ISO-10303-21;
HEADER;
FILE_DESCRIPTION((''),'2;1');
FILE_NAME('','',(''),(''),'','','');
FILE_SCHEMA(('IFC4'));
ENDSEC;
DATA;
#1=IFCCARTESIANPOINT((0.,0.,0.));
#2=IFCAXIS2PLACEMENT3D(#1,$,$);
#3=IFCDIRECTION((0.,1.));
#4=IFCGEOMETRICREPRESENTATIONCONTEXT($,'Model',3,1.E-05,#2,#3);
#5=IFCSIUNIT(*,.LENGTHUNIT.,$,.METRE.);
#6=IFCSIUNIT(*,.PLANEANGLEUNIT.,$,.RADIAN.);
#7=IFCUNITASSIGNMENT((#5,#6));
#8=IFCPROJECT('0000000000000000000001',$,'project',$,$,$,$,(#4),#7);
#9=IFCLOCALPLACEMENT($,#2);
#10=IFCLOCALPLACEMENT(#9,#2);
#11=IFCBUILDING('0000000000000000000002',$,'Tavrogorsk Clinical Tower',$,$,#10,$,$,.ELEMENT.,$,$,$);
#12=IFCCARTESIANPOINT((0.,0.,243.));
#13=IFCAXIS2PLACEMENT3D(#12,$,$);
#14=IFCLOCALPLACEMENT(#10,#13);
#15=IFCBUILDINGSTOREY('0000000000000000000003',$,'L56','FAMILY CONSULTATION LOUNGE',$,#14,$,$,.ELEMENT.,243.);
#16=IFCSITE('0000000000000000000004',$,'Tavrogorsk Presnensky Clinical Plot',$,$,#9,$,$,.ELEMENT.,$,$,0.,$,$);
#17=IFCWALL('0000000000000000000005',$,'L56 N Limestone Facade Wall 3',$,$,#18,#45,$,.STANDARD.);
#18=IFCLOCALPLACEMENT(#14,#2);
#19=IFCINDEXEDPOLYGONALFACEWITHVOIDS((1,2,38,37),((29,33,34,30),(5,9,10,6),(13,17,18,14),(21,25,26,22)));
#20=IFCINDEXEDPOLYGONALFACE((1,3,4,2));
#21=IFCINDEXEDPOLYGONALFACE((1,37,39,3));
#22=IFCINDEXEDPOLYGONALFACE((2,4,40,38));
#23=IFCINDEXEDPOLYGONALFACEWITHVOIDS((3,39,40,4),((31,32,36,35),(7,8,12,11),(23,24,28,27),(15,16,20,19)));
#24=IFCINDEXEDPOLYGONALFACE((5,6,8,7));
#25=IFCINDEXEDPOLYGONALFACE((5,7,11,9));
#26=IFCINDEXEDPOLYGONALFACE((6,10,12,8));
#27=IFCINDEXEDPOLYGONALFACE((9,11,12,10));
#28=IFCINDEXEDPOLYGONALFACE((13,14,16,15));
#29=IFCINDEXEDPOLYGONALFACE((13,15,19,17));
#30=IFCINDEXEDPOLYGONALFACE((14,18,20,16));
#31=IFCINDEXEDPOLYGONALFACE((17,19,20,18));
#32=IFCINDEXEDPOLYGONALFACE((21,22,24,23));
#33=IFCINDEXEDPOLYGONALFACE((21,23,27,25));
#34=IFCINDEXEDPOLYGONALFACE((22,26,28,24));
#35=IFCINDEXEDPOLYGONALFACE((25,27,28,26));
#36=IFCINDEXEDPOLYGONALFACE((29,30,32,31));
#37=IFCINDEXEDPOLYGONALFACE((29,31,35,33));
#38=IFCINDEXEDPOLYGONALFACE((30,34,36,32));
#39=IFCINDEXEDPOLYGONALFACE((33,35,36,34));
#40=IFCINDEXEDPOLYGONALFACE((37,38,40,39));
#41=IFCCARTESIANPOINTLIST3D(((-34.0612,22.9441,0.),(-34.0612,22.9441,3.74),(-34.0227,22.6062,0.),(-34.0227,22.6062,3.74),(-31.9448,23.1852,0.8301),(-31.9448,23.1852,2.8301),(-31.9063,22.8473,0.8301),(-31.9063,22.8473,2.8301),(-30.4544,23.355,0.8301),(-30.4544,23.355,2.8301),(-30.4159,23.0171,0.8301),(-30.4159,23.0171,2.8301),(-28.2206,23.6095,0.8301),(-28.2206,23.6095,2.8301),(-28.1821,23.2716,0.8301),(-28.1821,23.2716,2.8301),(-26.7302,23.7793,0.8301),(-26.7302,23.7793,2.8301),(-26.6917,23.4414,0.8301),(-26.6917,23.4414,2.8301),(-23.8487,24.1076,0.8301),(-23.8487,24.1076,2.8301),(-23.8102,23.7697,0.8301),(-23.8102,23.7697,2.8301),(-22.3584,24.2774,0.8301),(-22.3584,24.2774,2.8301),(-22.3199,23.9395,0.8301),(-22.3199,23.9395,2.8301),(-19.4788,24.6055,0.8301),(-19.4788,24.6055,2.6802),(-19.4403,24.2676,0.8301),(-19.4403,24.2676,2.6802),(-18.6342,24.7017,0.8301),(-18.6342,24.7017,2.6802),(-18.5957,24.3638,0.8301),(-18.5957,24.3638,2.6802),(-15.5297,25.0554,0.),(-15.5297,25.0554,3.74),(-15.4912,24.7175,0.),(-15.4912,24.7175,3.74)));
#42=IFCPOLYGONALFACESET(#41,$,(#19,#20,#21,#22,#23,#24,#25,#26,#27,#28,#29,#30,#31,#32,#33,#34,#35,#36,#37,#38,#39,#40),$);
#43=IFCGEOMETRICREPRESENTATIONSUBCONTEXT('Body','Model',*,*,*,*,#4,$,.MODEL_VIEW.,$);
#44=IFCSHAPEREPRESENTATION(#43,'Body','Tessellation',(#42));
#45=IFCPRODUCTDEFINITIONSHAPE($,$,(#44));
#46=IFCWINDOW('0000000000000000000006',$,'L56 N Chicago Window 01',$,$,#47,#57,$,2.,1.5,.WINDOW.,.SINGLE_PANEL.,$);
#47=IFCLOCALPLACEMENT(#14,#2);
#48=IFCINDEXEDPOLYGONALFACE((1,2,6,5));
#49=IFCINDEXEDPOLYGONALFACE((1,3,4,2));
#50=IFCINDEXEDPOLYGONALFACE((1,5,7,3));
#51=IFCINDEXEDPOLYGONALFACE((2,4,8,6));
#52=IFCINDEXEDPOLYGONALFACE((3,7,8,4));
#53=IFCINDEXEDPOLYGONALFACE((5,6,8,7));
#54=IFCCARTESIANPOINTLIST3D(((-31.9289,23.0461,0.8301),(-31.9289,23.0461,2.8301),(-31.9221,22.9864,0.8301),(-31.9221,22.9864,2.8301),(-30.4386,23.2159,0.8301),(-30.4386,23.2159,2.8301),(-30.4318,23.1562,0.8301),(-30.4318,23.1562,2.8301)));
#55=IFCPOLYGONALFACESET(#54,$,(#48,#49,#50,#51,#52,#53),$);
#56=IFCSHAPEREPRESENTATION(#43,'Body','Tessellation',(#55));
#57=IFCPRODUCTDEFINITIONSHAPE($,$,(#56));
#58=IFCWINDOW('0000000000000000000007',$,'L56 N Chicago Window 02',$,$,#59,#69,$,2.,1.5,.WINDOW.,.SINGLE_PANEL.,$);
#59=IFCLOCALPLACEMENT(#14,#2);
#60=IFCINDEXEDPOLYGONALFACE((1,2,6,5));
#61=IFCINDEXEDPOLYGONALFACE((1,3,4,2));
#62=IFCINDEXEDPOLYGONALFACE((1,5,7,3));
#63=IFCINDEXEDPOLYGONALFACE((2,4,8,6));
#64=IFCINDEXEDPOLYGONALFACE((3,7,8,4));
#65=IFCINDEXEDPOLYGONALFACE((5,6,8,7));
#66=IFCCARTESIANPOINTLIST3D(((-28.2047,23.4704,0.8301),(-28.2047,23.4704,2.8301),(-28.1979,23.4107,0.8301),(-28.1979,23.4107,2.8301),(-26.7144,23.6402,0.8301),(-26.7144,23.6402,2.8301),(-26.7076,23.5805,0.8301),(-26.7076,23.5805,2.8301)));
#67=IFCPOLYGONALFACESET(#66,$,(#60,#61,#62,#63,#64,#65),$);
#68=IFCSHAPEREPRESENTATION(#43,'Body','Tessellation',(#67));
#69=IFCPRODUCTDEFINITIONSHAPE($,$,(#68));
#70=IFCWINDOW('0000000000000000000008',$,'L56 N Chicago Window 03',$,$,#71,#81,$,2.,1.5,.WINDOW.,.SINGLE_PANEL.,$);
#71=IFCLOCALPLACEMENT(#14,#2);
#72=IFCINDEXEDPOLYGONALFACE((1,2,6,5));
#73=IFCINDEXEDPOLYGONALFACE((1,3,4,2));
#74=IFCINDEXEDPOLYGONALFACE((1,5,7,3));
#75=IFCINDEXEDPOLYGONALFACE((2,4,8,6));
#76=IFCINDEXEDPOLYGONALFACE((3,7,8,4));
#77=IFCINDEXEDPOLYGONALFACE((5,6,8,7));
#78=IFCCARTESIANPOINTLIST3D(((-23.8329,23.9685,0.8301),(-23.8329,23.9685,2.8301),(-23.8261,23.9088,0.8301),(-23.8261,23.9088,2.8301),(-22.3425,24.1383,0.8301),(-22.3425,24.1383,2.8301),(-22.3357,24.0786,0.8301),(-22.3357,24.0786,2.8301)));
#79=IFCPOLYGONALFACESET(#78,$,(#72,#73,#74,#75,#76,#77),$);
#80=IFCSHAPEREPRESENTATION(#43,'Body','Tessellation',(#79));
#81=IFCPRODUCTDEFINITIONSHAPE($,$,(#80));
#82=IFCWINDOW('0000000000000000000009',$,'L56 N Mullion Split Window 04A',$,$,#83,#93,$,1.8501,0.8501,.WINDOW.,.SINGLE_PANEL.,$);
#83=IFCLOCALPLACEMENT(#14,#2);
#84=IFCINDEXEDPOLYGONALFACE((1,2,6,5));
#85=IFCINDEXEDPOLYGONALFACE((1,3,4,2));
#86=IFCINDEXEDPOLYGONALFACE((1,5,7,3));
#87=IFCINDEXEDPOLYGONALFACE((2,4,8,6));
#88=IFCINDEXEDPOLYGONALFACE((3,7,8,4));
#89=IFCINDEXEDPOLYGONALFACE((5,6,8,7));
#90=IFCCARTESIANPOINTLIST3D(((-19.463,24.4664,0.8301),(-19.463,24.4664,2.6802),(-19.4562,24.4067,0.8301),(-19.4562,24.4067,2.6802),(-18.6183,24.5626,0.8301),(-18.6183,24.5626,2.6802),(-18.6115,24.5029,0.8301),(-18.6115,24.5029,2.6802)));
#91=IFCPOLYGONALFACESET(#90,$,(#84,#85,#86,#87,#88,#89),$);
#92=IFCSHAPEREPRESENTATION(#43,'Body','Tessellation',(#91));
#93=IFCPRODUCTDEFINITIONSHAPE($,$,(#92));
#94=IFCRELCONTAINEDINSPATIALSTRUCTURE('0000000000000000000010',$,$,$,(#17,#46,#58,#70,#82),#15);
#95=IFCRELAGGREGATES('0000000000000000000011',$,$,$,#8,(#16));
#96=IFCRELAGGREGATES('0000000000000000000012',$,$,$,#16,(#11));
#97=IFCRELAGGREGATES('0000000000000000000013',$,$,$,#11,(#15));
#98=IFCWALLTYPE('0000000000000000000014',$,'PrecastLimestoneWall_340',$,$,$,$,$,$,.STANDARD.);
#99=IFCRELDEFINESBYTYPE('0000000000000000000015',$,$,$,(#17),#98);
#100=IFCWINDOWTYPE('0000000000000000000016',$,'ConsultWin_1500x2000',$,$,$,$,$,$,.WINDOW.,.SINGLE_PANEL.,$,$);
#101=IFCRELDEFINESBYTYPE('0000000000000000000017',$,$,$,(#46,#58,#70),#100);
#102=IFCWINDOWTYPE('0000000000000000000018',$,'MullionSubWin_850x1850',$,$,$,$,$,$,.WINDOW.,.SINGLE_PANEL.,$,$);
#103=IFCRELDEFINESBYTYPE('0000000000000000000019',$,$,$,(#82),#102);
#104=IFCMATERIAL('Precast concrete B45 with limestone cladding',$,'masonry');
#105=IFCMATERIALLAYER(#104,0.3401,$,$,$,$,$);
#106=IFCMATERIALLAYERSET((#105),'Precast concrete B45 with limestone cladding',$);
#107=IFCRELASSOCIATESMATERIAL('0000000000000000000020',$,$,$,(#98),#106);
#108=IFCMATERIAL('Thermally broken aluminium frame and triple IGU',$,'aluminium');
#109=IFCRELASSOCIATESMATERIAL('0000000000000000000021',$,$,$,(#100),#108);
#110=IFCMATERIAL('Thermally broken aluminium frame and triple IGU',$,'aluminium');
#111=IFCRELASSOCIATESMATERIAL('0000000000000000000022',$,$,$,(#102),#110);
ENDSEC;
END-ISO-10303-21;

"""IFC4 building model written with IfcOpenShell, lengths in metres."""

from ifc_helpers import new_model, si_unit, direction, frame, frame_2d, origin, place, context, subcontext, project, spatial, rectangle, extrude, material, layer, layer_set, type_object, element, fill, save


model = new_model("IFC4")

# Units and contexts
model_context = context("Model", 3, precision=1e-05, world=origin(), true_north=direction((0.0, 1.0)))
body_context = subcontext(model_context, "Body", "Model", "MODEL_VIEW")
ifc_project = project(units=[si_unit("LENGTHUNIT", "METRE"), si_unit("PLANEANGLEUNIT", "RADIAN")], contexts=[model_context])

# Site, building, storey
site_placement = place(None, origin())
site = spatial("IfcSite", under=ifc_project, at=site_placement, Name="Tavrogorsk Presnensky Clinical Plot", CompositionType="ELEMENT", RefElevation=0.0)
building_placement = place(site_placement, origin())
building = spatial("IfcBuilding", under=site, at=building_placement, Name="Tavrogorsk Clinical Tower", CompositionType="ELEMENT")
storey_placement = place(building_placement, frame((0.0, 0.0, 243.0)))
storey = spatial("IfcBuildingStorey", under=building, at=storey_placement, Name="L56", Description="FAMILY CONSULTATION LOUNGE", CompositionType="ELEMENT", Elevation=243.0)

# Wall, openings, windows
ifc_material_1 = material(Name="Precast concrete B45 with limestone cladding", Category="masonry")
ifc_layer_1 = layer(ifc_material_1, 0.3401)
ifc_layer_set_1 = layer_set([ifc_layer_1], Name="Precast concrete B45 with limestone cladding")
wall_type_1 = type_object("IfcWallType", Name="PrecastLimestoneWall_340", PredefinedType="STANDARD", material=ifc_layer_set_1)
wall_1_placement = place(storey_placement, frame((-15.5105, 24.8865, 0.0), z_axis=(0.0, 0.0, 1.0), x_axis=(-0.993572, -0.1132, 0.0)))
wall_1 = element("IfcWall", 1, at=wall_1_placement, inside=storey, type_object=wall_type_1, Name="L56 N Limestone Facade Wall 3", PredefinedType="STANDARD", context=body_context, shape_type="SweptSolid", body=[
    extrude(rectangle(XDim=18.6514, YDim=0.3401, at=frame_2d((9.3257, 0.0))), origin(), (0.0, 0.0, 1.0), 3.74),
])
opening_1_placement = place(wall_1_placement, frame((15.0212, 0.0, 0.8301)))
opening_1 = element("IfcOpeningElement", 2, at=opening_1_placement, cuts=wall_1, PredefinedType="OPENING", context=body_context, shape_type="SweptSolid", body=[
    extrude(rectangle(XDim=1.5, YDim=2.0, at=frame_2d((0.75, 1.0))), frame((0.0, 0.1799, 0.0), z_axis=(0.0, -1.0, 0.0), x_axis=(1.0, 0.0, 0.0)), (0.0, 0.0, 1.0), 0.3601),
])
opening_2_placement = place(wall_1_placement, frame((11.2729, 0.0, 0.8301)))
opening_2 = element("IfcOpeningElement", 3, at=opening_2_placement, cuts=wall_1, PredefinedType="OPENING", context=body_context, shape_type="SweptSolid", body=[
    extrude(rectangle(XDim=1.5, YDim=2.0, at=frame_2d((0.75, 1.0))), frame((0.0, 0.1799, 0.0), z_axis=(0.0, -1.0, 0.0), x_axis=(1.0, 0.0, 0.0)), (0.0, 0.0, 1.0), 0.3601),
])
opening_3_placement = place(wall_1_placement, frame((6.8728, 0.0, 0.8301)))
opening_3 = element("IfcOpeningElement", 4, at=opening_3_placement, cuts=wall_1, PredefinedType="OPENING", context=body_context, shape_type="SweptSolid", body=[
    extrude(rectangle(XDim=1.5, YDim=2.0, at=frame_2d((0.75, 1.0))), frame((0.0, 0.1799, 0.0), z_axis=(0.0, -1.0, 0.0), x_axis=(1.0, 0.0, 0.0)), (0.0, 0.0, 1.0), 0.3601),
])
opening_4_placement = place(wall_1_placement, frame((3.1245, 0.0, 0.8301)))
opening_4 = element("IfcOpeningElement", 5, at=opening_4_placement, cuts=wall_1, PredefinedType="OPENING", context=body_context, shape_type="SweptSolid", body=[
    extrude(rectangle(XDim=0.8501, YDim=1.8501, at=frame_2d((0.425, 0.925))), frame((0.0, 0.1799, 0.0), z_axis=(0.0, -1.0, 0.0), x_axis=(1.0, 0.0, 0.0)), (0.0, 0.0, 1.0), 0.3601),
])
ifc_material_2 = material(Name="Thermally broken aluminium frame and triple IGU", Category="aluminium")
window_type_1 = type_object("IfcWindowType", Name="ConsultWin_1500x2000", PartitioningType="SINGLE_PANEL", PredefinedType="WINDOW", material=ifc_material_2)
window_1_placement = place(opening_1_placement, origin())
window_1 = element("IfcWindow", 6, at=window_1_placement, inside=storey, type_object=window_type_1, Name="L56 N Chicago Window 01", OverallHeight=2.0, OverallWidth=1.5, PartitioningType="SINGLE_PANEL", PredefinedType="WINDOW", context=body_context, shape_type="SweptSolid", body=[
    extrude(rectangle(XDim=1.5, YDim=2.0, at=frame_2d((0.75, 1.0))), frame((0.0, 0.03, 0.0), z_axis=(0.0, -1.0, 0.0), x_axis=(1.0, 0.0, 0.0)), (0.0, 0.0, 1.0), 0.0601),
])
fill(opening_1, window_1)
window_2_placement = place(opening_2_placement, origin())
window_2 = element("IfcWindow", 7, at=window_2_placement, inside=storey, type_object=window_type_1, Name="L56 N Chicago Window 02", OverallHeight=2.0, OverallWidth=1.5, PartitioningType="SINGLE_PANEL", PredefinedType="WINDOW", context=body_context, shape_type="SweptSolid", body=[
    extrude(rectangle(XDim=1.5, YDim=2.0, at=frame_2d((0.75, 1.0))), frame((0.0, 0.03, 0.0), z_axis=(0.0, -1.0, 0.0), x_axis=(1.0, 0.0, 0.0)), (0.0, 0.0, 1.0), 0.0601),
])
fill(opening_2, window_2)
window_3_placement = place(opening_3_placement, origin())
window_3 = element("IfcWindow", 8, at=window_3_placement, inside=storey, type_object=window_type_1, Name="L56 N Chicago Window 03", OverallHeight=2.0, OverallWidth=1.5, PartitioningType="SINGLE_PANEL", PredefinedType="WINDOW", context=body_context, shape_type="SweptSolid", body=[
    extrude(rectangle(XDim=1.5, YDim=2.0, at=frame_2d((0.75, 1.0))), frame((0.0, 0.03, 0.0), z_axis=(0.0, -1.0, 0.0), x_axis=(1.0, 0.0, 0.0)), (0.0, 0.0, 1.0), 0.0601),
])
fill(opening_3, window_3)
ifc_material_3 = material(Name="Thermally broken aluminium frame and triple IGU", Category="aluminium")
window_type_2 = type_object("IfcWindowType", Name="MullionSubWin_850x1850", PartitioningType="SINGLE_PANEL", PredefinedType="WINDOW", material=ifc_material_3)
window_4_placement = place(opening_4_placement, origin())
window_4 = element("IfcWindow", 9, at=window_4_placement, inside=storey, type_object=window_type_2, Name="L56 N Mullion Split Window 04A", OverallHeight=1.8501, OverallWidth=0.8501, PartitioningType="SINGLE_PANEL", PredefinedType="WINDOW", context=body_context, shape_type="SweptSolid", body=[
    extrude(rectangle(XDim=0.8501, YDim=1.8501, at=frame_2d((0.425, 0.925))), frame((0.0, 0.03, 0.0), z_axis=(0.0, -1.0, 0.0), x_axis=(1.0, 0.0, 0.0)), (0.0, 0.0, 1.0), 0.0601),
])
fill(opening_4, window_4)

save(model, "model.ifc")
